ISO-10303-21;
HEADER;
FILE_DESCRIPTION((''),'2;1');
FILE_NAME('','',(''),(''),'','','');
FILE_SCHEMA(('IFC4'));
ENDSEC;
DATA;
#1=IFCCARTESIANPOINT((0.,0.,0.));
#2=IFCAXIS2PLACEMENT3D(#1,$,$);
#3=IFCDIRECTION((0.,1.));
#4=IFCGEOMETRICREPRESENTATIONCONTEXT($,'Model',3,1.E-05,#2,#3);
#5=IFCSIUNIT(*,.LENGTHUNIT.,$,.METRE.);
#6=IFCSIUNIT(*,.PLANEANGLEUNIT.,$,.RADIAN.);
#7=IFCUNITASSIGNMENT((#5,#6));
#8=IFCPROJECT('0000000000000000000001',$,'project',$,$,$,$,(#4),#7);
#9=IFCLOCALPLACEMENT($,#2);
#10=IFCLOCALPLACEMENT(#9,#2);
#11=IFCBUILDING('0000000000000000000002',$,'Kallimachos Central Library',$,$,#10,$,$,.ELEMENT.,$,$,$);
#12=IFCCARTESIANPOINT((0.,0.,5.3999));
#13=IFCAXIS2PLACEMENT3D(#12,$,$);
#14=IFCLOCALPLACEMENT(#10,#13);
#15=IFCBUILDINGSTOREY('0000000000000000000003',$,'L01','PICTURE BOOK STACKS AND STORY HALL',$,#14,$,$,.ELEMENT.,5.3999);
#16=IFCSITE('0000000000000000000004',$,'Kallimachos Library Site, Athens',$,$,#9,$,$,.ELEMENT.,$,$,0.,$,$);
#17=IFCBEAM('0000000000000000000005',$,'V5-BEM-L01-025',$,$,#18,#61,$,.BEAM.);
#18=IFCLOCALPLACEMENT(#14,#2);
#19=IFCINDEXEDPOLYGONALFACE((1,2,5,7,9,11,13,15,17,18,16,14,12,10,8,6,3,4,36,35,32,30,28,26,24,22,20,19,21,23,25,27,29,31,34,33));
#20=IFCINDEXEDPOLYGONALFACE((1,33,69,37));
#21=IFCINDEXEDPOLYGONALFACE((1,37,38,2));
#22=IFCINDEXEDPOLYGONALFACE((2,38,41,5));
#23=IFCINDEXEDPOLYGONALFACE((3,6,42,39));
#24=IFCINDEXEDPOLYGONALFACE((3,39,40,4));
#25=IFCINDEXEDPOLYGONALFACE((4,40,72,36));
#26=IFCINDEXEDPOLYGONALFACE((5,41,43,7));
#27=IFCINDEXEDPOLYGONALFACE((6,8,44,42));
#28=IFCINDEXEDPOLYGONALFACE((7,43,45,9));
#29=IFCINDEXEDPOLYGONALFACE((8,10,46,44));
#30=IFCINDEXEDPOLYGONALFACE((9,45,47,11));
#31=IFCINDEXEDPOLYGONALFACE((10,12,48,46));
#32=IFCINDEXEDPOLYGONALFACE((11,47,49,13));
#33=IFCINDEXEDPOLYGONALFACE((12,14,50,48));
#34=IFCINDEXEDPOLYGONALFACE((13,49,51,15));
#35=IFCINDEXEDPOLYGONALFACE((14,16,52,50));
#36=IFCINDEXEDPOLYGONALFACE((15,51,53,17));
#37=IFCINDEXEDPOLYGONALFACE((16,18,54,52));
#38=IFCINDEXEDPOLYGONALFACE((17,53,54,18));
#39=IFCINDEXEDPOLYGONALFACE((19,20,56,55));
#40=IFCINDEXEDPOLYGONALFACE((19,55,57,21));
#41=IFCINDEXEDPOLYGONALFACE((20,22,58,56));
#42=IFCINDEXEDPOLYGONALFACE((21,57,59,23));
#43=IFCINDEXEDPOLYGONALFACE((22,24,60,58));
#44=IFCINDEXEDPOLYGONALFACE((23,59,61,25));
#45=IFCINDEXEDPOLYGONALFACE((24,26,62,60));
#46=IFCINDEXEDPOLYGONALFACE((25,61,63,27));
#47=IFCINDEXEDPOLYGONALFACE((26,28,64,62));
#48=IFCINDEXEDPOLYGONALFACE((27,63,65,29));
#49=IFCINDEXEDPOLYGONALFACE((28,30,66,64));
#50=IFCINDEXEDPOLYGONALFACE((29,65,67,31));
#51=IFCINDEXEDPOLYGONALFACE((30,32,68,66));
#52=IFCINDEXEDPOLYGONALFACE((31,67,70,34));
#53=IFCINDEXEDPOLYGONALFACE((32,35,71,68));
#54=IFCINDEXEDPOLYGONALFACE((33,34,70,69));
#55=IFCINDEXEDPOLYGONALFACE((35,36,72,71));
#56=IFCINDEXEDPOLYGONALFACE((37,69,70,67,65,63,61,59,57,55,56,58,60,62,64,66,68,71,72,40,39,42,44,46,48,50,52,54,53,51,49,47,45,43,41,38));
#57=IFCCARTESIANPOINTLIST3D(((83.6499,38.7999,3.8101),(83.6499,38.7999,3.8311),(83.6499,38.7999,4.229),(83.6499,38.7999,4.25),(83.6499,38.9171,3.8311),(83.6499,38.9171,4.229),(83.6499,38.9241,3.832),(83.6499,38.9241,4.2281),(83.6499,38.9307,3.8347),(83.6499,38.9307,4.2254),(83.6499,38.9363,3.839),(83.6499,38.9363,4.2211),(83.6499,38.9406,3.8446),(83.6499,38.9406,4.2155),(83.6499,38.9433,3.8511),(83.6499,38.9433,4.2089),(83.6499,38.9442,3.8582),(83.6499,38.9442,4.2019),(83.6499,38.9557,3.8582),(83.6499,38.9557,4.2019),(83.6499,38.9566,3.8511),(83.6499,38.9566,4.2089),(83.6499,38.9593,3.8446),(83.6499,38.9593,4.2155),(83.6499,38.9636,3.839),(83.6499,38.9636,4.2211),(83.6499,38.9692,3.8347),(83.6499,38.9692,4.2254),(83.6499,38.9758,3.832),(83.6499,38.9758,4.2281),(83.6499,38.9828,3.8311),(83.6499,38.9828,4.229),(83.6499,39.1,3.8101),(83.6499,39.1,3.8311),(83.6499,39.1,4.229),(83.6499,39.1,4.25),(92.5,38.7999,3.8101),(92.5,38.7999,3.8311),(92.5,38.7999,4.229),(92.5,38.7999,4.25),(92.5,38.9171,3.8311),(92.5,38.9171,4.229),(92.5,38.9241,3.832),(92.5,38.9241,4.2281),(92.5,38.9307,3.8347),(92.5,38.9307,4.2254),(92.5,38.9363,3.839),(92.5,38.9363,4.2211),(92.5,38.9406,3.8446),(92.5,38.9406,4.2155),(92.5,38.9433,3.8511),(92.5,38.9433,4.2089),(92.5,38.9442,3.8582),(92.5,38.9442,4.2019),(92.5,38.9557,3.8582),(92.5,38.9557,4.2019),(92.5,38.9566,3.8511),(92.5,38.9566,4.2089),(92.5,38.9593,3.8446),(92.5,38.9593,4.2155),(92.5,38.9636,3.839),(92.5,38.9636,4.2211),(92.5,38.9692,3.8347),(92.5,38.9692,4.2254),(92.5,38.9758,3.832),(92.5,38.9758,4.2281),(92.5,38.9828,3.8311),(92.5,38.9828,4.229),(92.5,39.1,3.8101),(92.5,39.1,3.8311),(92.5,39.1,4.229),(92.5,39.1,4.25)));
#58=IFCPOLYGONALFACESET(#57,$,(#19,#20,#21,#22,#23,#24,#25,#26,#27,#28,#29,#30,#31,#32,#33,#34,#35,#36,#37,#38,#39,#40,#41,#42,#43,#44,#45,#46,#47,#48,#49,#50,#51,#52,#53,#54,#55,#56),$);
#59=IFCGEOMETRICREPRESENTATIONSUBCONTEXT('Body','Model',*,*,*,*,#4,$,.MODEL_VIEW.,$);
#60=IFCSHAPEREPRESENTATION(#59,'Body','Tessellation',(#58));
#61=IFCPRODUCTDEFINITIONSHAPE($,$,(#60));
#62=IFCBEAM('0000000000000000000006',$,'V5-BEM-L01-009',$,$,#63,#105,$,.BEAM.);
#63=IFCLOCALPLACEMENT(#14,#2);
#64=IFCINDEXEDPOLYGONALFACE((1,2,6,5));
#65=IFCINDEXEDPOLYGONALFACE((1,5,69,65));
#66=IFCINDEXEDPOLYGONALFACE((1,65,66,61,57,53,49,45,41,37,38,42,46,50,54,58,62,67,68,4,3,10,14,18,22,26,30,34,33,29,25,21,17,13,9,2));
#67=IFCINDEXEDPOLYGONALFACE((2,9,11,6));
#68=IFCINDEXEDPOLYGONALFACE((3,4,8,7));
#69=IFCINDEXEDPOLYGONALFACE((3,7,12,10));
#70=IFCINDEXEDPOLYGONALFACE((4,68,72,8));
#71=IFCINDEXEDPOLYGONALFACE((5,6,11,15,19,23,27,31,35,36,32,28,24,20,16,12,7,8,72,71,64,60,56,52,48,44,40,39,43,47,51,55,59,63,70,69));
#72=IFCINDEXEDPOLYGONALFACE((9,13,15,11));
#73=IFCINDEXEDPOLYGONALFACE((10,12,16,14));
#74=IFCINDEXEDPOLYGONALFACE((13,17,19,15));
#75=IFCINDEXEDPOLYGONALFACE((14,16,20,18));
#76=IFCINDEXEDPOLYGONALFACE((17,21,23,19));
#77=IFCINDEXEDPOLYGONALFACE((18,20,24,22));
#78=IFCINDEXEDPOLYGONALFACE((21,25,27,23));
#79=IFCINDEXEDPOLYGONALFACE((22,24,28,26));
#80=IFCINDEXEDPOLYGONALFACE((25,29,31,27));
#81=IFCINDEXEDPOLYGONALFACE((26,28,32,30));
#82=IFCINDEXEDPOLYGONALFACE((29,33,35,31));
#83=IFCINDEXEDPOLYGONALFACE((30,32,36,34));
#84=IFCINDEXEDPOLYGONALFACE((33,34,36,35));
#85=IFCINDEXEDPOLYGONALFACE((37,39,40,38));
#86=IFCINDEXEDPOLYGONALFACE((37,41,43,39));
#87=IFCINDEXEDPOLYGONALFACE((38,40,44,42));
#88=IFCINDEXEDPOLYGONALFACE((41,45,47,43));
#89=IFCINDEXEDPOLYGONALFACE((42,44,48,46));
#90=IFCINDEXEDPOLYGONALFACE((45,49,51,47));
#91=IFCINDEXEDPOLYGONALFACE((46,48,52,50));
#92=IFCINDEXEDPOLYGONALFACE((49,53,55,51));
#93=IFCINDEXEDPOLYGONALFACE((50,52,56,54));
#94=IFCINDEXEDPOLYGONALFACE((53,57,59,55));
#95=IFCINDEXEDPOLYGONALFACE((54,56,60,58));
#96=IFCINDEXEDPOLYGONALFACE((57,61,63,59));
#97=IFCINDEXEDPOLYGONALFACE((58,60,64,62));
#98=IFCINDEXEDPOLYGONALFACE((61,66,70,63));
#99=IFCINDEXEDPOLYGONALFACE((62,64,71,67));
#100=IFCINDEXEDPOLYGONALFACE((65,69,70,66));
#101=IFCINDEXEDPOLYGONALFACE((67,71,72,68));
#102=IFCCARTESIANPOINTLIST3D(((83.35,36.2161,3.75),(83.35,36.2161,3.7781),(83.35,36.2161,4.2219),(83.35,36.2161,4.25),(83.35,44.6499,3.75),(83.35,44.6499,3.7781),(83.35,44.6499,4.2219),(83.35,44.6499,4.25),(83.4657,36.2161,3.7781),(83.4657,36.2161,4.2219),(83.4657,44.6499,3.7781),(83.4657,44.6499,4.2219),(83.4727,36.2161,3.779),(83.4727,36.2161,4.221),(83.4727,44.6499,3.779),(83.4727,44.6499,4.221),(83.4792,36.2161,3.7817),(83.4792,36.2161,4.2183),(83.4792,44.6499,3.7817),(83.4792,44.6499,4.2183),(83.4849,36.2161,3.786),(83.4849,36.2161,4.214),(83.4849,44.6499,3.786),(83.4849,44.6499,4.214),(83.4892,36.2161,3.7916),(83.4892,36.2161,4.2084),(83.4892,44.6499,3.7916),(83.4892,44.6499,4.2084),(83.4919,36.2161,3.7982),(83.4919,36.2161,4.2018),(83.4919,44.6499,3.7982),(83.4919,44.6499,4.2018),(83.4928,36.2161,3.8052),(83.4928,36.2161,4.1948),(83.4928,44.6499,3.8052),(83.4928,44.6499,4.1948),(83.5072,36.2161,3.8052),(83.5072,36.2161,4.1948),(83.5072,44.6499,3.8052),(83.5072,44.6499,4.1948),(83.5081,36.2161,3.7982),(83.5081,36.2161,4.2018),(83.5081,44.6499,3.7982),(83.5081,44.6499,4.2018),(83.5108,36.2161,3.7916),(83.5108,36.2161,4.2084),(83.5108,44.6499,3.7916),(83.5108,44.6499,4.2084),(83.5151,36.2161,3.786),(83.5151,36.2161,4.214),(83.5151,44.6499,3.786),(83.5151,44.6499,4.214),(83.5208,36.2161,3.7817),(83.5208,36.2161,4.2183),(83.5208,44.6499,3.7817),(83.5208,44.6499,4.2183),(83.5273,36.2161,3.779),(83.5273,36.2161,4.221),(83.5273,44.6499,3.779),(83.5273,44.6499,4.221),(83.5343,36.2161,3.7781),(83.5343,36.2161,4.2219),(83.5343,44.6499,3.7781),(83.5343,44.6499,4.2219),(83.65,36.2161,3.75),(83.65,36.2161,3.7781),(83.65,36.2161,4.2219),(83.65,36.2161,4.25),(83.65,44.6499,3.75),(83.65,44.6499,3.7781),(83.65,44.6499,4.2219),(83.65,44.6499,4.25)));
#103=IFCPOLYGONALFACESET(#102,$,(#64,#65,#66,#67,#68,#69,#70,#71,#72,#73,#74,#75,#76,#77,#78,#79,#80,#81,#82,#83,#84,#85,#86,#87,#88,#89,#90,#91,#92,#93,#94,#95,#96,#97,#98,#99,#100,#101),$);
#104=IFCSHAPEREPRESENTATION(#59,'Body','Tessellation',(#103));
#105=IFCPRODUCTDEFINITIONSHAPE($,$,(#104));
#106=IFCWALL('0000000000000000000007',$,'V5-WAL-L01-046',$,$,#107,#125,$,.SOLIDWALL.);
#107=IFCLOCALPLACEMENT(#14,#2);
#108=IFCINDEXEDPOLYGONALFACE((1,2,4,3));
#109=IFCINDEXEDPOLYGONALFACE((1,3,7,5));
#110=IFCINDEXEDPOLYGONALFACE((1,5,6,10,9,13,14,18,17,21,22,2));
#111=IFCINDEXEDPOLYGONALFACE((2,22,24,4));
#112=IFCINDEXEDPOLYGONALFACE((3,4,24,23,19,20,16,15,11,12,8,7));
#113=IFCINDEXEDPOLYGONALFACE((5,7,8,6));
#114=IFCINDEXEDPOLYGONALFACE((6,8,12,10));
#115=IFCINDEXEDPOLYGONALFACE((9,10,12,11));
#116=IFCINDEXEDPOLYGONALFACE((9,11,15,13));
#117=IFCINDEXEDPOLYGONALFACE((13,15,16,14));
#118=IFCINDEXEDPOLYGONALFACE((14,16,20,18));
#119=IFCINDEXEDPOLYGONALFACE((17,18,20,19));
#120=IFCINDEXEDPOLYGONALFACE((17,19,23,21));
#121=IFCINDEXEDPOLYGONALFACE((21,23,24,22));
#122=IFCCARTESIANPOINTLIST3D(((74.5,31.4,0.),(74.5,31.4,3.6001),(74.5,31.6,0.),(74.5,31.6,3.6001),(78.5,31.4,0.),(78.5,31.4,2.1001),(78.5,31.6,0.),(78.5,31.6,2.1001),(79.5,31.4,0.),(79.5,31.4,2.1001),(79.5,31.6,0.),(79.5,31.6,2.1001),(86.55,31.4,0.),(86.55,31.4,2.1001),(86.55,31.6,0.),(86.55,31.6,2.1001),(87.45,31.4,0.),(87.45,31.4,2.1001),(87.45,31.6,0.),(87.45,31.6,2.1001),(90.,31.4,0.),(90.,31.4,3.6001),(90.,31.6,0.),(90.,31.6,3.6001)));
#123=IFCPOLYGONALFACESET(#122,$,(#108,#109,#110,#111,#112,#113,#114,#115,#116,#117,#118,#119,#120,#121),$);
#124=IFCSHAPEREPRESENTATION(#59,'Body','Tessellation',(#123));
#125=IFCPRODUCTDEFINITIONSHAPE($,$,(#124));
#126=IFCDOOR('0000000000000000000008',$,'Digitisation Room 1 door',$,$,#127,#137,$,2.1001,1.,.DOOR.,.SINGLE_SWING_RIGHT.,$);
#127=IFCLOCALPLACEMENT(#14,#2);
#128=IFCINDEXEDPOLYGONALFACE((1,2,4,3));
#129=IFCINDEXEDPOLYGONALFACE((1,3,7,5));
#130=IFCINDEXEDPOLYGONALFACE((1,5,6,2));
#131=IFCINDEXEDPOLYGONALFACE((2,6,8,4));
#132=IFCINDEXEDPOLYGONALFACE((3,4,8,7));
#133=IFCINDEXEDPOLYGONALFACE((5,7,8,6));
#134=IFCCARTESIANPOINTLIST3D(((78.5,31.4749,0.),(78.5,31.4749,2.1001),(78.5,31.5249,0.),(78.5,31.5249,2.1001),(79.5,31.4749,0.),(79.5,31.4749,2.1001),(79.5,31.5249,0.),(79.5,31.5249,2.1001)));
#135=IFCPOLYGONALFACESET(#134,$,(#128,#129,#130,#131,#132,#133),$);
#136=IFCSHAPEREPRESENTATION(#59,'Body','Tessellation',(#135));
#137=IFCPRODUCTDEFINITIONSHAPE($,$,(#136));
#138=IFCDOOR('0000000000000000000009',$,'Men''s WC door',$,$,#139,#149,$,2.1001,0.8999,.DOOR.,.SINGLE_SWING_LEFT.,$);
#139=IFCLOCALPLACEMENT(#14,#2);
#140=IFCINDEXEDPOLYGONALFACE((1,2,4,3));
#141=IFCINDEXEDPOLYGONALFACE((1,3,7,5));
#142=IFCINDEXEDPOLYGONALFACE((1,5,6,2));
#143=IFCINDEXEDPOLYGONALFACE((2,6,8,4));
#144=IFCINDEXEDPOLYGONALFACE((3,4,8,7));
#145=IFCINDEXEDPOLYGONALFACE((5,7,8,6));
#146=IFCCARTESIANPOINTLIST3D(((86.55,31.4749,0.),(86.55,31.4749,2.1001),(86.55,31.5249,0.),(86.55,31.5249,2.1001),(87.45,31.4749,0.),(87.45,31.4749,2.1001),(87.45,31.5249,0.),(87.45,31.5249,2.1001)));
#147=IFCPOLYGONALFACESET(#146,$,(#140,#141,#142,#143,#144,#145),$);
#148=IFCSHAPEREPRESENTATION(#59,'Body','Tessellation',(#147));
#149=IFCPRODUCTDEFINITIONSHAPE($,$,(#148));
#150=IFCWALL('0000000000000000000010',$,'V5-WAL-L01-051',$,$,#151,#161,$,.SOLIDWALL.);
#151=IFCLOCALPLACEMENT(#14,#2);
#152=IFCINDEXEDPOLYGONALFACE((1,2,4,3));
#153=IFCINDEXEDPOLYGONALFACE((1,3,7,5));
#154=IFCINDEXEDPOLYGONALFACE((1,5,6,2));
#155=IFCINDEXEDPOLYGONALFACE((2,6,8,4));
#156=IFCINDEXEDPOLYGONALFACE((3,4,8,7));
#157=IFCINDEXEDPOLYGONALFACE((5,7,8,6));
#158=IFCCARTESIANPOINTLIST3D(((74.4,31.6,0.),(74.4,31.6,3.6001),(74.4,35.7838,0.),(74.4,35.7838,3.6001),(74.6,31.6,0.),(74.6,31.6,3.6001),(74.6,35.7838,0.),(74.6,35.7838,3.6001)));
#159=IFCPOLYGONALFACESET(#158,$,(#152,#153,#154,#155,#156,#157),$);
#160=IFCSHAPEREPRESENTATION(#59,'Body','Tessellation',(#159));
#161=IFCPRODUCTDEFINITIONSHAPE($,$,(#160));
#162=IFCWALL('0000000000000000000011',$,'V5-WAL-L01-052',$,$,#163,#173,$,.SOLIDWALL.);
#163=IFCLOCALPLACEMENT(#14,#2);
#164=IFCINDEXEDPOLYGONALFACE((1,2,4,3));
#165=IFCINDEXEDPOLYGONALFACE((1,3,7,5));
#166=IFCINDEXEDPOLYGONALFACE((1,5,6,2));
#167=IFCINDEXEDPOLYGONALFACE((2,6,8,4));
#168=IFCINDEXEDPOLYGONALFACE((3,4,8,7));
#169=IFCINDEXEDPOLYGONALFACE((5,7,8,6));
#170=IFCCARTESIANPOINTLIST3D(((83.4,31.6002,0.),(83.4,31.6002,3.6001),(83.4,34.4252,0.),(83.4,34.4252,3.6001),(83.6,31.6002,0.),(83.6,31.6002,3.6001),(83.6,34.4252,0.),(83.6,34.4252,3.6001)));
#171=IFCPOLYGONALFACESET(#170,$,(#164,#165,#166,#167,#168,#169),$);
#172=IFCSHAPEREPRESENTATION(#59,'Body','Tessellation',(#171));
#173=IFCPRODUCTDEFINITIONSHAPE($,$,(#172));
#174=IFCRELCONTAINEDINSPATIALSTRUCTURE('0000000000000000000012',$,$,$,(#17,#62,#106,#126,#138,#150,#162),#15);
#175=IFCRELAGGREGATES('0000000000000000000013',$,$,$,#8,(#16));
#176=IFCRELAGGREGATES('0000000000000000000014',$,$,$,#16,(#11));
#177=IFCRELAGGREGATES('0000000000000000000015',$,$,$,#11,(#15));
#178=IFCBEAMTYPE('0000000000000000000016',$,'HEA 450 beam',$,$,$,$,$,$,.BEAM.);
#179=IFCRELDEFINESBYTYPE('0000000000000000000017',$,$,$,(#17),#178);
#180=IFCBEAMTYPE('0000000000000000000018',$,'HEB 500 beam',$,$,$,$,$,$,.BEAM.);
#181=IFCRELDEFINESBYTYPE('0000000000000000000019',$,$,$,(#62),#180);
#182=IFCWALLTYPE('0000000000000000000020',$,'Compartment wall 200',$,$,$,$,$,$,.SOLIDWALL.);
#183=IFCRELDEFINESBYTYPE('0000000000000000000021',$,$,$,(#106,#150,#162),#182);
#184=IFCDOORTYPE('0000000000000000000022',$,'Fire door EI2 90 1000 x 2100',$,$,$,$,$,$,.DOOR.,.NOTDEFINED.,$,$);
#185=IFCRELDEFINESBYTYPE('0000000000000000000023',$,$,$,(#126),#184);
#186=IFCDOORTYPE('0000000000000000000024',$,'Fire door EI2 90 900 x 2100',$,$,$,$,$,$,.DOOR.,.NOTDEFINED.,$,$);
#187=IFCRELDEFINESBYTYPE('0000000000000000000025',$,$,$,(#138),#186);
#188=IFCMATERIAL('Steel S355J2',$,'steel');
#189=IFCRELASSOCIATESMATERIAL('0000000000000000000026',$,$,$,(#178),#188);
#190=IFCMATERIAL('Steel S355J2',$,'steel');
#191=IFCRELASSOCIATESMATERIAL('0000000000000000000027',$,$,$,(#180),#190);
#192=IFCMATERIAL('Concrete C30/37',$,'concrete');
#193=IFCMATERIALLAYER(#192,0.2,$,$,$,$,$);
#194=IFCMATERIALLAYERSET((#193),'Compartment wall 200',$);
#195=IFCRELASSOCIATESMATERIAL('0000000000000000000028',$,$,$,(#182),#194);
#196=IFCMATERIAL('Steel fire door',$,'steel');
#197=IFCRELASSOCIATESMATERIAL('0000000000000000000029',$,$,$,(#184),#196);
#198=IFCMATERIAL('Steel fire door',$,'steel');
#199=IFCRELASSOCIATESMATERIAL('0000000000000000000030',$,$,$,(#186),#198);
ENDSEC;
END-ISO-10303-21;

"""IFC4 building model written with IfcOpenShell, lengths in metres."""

from ifc_helpers import new_model, si_unit, direction, frame, frame_2d, origin, origin_2d, place, context, subcontext, project, spatial, rectangle, i_section, extrude, material, layer, layer_set, material_profile, profile_set, type_object, element, fill, save


model = new_model("IFC4")

# Units and contexts
model_context = context("Model", 3, precision=1e-05, world=origin(), true_north=direction((0.0, 1.0)))
body_context = subcontext(model_context, "Body", "Model", "MODEL_VIEW")
ifc_project = project(units=[si_unit("LENGTHUNIT", "METRE"), si_unit("PLANEANGLEUNIT", "RADIAN")], contexts=[model_context])

# Site, building, storey
site_placement = place(None, origin())
site = spatial("IfcSite", under=ifc_project, at=site_placement, Name="Kallimachos Library Site, Athens", CompositionType="ELEMENT", RefElevation=0.0)
building_placement = place(site_placement, origin())
building = spatial("IfcBuilding", under=site, at=building_placement, Name="Kallimachos Central Library", CompositionType="ELEMENT")
storey_placement = place(building_placement, frame((0.0, 0.0, 5.3999)))
storey = spatial("IfcBuildingStorey", under=building, at=storey_placement, Name="L01", Description="PICTURE BOOK STACKS AND STORY HALL", CompositionType="ELEMENT", Elevation=5.3999)

# Beams
ifc_material_1 = material(Name="Steel S355J2", Category="steel")
ifc_material_profile_1 = material_profile(ifc_material_1, i_section(OverallWidth=0.3, OverallDepth=0.4399, WebThickness=0.0115, FlangeThickness=0.021, FilletRadius=0.0271, at=origin_2d()), Name="HEA 450")
ifc_profile_set_1 = profile_set([ifc_material_profile_1], Name="Steel S355J2")
beam_type_1 = type_object("IfcBeamType", Name="HEA 450 beam", PredefinedType="BEAM", material=ifc_profile_set_1)
beam_1_placement = place(storey_placement, frame((83.6499, 38.95, 4.03), z_axis=(1.0, 0.0, 0.0), x_axis=(0.0, 1.0, 0.0)))
element("IfcBeam", 1, at=beam_1_placement, inside=storey, type_object=beam_type_1, Name="V5-BEM-L01-025", PredefinedType="BEAM", context=body_context, shape_type="SweptSolid", body=[
    extrude(i_section(OverallWidth=0.3, OverallDepth=0.4399, WebThickness=0.0115, FlangeThickness=0.021, FilletRadius=0.0271, at=origin_2d()), origin(), (0.0, 0.0, 1.0), 8.8501),
])
ifc_material_2 = material(Name="Steel S355J2", Category="steel")
ifc_material_profile_2 = material_profile(ifc_material_2, i_section(OverallWidth=0.3, OverallDepth=0.5, WebThickness=0.0144, FlangeThickness=0.0281, FilletRadius=0.0271, at=origin_2d()), Name="HEB 500")
ifc_profile_set_2 = profile_set([ifc_material_profile_2], Name="Steel S355J2")
beam_type_2 = type_object("IfcBeamType", Name="HEB 500 beam", PredefinedType="BEAM", material=ifc_profile_set_2)
beam_2_placement = place(storey_placement, frame((83.5, 36.2161, 4.0), z_axis=(0.0, 1.0, 0.0), x_axis=(-1.0, 0.0, 0.0)))
element("IfcBeam", 2, at=beam_2_placement, inside=storey, type_object=beam_type_2, Name="V5-BEM-L01-009", PredefinedType="BEAM", context=body_context, shape_type="SweptSolid", body=[
    extrude(i_section(OverallWidth=0.3, OverallDepth=0.5, WebThickness=0.0144, FlangeThickness=0.0281, FilletRadius=0.0271, at=origin_2d()), origin(), (0.0, 0.0, 1.0), 8.4338),
])

# Wall, openings, doors
ifc_material_3 = material(Name="Concrete C30/37", Category="concrete")
ifc_layer_1 = layer(ifc_material_3, 0.2)
ifc_layer_set_1 = layer_set([ifc_layer_1], Name="Compartment wall 200")
wall_type_1 = type_object("IfcWallType", Name="Compartment wall 200", PredefinedType="SOLIDWALL", material=ifc_layer_set_1)
wall_1_placement = place(storey_placement, frame((74.5, 31.5, 0.0), z_axis=(0.0, 0.0, 1.0), x_axis=(1.0, 0.0, 0.0)))
wall_1 = element("IfcWall", 3, at=wall_1_placement, inside=storey, type_object=wall_type_1, Name="V5-WAL-L01-046", PredefinedType="SOLIDWALL", context=body_context, shape_type="SweptSolid", body=[
    extrude(rectangle(XDim=15.5, YDim=0.2, at=frame_2d((7.75, 0.0))), origin(), (0.0, 0.0, 1.0), 3.6001),
])
opening_1_placement = place(wall_1_placement, frame((4.0, 0.0, 0.0)))
opening_1 = element("IfcOpeningElement", 4, at=opening_1_placement, cuts=wall_1, PredefinedType="OPENING", context=body_context, shape_type="SweptSolid", body=[
    extrude(rectangle(XDim=1.0, YDim=2.1001, at=frame_2d((0.5, 1.05))), frame((0.0, 0.1099, 0.0), z_axis=(0.0, -1.0, 0.0), x_axis=(1.0, 0.0, 0.0)), (0.0, 0.0, 1.0), 0.22),
])
opening_2_placement = place(wall_1_placement, frame((12.05, 0.0, 0.0)))
opening_2 = element("IfcOpeningElement", 5, at=opening_2_placement, cuts=wall_1, PredefinedType="OPENING", context=body_context, shape_type="SweptSolid", body=[
    extrude(rectangle(XDim=0.8999, YDim=2.1001, at=frame_2d((0.45, 1.05))), frame((0.0, 0.1099, 0.0), z_axis=(0.0, -1.0, 0.0), x_axis=(1.0, 0.0, 0.0)), (0.0, 0.0, 1.0), 0.22),
])
ifc_material_4 = material(Name="Steel fire door", Category="steel")
door_type_1 = type_object("IfcDoorType", Name="Fire door EI2 90 1000 x 2100", OperationType="NOTDEFINED", PredefinedType="DOOR", material=ifc_material_4)
door_1_placement = place(opening_1_placement, origin())
door_1 = element("IfcDoor", 6, at=door_1_placement, inside=storey, type_object=door_type_1, Name="Digitisation Room 1 door", OperationType="SINGLE_SWING_RIGHT", OverallHeight=2.1001, OverallWidth=1.0, PredefinedType="DOOR", context=body_context, shape_type="SweptSolid", body=[
    extrude(rectangle(XDim=1.0, YDim=2.1001, at=frame_2d((0.5, 1.05))), frame((0.0, 0.0249, 0.0), z_axis=(0.0, -1.0, 0.0), x_axis=(1.0, 0.0, 0.0)), (0.0, 0.0, 1.0), 0.05),
])
fill(opening_1, door_1)
ifc_material_5 = material(Name="Steel fire door", Category="steel")
door_type_2 = type_object("IfcDoorType", Name="Fire door EI2 90 900 x 2100", OperationType="NOTDEFINED", PredefinedType="DOOR", material=ifc_material_5)
door_2_placement = place(opening_2_placement, origin())
door_2 = element("IfcDoor", 7, at=door_2_placement, inside=storey, type_object=door_type_2, Name="Men's WC door", OperationType="SINGLE_SWING_LEFT", OverallHeight=2.1001, OverallWidth=0.8999, PredefinedType="DOOR", context=body_context, shape_type="SweptSolid", body=[
    extrude(rectangle(XDim=0.8999, YDim=2.1001, at=frame_2d((0.45, 1.05))), frame((0.0, 0.0249, 0.0), z_axis=(0.0, -1.0, 0.0), x_axis=(1.0, 0.0, 0.0)), (0.0, 0.0, 1.0), 0.05),
])
fill(opening_2, door_2)

# Walls
wall_2_placement = place(storey_placement, frame((74.5, 31.6001, 0.0), z_axis=(0.0, 0.0, 1.0), x_axis=(0.0, 1.0, 0.0)))
element("IfcWall", 8, at=wall_2_placement, inside=storey, type_object=wall_type_1, Name="V5-WAL-L01-051", PredefinedType="SOLIDWALL", context=body_context, shape_type="SweptSolid", body=[
    extrude(rectangle(XDim=4.1838, YDim=0.2, at=frame_2d((2.0918, 0.0))), origin(), (0.0, 0.0, 1.0), 3.6001),
])
wall_3_placement = place(storey_placement, frame((83.5, 31.6001, 0.0), z_axis=(0.0, 0.0, 1.0), x_axis=(0.0, 1.0, 0.0)))
element("IfcWall", 9, at=wall_3_placement, inside=storey, type_object=wall_type_1, Name="V5-WAL-L01-052", PredefinedType="SOLIDWALL", context=body_context, shape_type="SweptSolid", body=[
    extrude(rectangle(XDim=2.825, YDim=0.2, at=frame_2d((1.4126, 0.0))), origin(), (0.0, 0.0, 1.0), 3.6001),
])

save(model, "model.ifc")
